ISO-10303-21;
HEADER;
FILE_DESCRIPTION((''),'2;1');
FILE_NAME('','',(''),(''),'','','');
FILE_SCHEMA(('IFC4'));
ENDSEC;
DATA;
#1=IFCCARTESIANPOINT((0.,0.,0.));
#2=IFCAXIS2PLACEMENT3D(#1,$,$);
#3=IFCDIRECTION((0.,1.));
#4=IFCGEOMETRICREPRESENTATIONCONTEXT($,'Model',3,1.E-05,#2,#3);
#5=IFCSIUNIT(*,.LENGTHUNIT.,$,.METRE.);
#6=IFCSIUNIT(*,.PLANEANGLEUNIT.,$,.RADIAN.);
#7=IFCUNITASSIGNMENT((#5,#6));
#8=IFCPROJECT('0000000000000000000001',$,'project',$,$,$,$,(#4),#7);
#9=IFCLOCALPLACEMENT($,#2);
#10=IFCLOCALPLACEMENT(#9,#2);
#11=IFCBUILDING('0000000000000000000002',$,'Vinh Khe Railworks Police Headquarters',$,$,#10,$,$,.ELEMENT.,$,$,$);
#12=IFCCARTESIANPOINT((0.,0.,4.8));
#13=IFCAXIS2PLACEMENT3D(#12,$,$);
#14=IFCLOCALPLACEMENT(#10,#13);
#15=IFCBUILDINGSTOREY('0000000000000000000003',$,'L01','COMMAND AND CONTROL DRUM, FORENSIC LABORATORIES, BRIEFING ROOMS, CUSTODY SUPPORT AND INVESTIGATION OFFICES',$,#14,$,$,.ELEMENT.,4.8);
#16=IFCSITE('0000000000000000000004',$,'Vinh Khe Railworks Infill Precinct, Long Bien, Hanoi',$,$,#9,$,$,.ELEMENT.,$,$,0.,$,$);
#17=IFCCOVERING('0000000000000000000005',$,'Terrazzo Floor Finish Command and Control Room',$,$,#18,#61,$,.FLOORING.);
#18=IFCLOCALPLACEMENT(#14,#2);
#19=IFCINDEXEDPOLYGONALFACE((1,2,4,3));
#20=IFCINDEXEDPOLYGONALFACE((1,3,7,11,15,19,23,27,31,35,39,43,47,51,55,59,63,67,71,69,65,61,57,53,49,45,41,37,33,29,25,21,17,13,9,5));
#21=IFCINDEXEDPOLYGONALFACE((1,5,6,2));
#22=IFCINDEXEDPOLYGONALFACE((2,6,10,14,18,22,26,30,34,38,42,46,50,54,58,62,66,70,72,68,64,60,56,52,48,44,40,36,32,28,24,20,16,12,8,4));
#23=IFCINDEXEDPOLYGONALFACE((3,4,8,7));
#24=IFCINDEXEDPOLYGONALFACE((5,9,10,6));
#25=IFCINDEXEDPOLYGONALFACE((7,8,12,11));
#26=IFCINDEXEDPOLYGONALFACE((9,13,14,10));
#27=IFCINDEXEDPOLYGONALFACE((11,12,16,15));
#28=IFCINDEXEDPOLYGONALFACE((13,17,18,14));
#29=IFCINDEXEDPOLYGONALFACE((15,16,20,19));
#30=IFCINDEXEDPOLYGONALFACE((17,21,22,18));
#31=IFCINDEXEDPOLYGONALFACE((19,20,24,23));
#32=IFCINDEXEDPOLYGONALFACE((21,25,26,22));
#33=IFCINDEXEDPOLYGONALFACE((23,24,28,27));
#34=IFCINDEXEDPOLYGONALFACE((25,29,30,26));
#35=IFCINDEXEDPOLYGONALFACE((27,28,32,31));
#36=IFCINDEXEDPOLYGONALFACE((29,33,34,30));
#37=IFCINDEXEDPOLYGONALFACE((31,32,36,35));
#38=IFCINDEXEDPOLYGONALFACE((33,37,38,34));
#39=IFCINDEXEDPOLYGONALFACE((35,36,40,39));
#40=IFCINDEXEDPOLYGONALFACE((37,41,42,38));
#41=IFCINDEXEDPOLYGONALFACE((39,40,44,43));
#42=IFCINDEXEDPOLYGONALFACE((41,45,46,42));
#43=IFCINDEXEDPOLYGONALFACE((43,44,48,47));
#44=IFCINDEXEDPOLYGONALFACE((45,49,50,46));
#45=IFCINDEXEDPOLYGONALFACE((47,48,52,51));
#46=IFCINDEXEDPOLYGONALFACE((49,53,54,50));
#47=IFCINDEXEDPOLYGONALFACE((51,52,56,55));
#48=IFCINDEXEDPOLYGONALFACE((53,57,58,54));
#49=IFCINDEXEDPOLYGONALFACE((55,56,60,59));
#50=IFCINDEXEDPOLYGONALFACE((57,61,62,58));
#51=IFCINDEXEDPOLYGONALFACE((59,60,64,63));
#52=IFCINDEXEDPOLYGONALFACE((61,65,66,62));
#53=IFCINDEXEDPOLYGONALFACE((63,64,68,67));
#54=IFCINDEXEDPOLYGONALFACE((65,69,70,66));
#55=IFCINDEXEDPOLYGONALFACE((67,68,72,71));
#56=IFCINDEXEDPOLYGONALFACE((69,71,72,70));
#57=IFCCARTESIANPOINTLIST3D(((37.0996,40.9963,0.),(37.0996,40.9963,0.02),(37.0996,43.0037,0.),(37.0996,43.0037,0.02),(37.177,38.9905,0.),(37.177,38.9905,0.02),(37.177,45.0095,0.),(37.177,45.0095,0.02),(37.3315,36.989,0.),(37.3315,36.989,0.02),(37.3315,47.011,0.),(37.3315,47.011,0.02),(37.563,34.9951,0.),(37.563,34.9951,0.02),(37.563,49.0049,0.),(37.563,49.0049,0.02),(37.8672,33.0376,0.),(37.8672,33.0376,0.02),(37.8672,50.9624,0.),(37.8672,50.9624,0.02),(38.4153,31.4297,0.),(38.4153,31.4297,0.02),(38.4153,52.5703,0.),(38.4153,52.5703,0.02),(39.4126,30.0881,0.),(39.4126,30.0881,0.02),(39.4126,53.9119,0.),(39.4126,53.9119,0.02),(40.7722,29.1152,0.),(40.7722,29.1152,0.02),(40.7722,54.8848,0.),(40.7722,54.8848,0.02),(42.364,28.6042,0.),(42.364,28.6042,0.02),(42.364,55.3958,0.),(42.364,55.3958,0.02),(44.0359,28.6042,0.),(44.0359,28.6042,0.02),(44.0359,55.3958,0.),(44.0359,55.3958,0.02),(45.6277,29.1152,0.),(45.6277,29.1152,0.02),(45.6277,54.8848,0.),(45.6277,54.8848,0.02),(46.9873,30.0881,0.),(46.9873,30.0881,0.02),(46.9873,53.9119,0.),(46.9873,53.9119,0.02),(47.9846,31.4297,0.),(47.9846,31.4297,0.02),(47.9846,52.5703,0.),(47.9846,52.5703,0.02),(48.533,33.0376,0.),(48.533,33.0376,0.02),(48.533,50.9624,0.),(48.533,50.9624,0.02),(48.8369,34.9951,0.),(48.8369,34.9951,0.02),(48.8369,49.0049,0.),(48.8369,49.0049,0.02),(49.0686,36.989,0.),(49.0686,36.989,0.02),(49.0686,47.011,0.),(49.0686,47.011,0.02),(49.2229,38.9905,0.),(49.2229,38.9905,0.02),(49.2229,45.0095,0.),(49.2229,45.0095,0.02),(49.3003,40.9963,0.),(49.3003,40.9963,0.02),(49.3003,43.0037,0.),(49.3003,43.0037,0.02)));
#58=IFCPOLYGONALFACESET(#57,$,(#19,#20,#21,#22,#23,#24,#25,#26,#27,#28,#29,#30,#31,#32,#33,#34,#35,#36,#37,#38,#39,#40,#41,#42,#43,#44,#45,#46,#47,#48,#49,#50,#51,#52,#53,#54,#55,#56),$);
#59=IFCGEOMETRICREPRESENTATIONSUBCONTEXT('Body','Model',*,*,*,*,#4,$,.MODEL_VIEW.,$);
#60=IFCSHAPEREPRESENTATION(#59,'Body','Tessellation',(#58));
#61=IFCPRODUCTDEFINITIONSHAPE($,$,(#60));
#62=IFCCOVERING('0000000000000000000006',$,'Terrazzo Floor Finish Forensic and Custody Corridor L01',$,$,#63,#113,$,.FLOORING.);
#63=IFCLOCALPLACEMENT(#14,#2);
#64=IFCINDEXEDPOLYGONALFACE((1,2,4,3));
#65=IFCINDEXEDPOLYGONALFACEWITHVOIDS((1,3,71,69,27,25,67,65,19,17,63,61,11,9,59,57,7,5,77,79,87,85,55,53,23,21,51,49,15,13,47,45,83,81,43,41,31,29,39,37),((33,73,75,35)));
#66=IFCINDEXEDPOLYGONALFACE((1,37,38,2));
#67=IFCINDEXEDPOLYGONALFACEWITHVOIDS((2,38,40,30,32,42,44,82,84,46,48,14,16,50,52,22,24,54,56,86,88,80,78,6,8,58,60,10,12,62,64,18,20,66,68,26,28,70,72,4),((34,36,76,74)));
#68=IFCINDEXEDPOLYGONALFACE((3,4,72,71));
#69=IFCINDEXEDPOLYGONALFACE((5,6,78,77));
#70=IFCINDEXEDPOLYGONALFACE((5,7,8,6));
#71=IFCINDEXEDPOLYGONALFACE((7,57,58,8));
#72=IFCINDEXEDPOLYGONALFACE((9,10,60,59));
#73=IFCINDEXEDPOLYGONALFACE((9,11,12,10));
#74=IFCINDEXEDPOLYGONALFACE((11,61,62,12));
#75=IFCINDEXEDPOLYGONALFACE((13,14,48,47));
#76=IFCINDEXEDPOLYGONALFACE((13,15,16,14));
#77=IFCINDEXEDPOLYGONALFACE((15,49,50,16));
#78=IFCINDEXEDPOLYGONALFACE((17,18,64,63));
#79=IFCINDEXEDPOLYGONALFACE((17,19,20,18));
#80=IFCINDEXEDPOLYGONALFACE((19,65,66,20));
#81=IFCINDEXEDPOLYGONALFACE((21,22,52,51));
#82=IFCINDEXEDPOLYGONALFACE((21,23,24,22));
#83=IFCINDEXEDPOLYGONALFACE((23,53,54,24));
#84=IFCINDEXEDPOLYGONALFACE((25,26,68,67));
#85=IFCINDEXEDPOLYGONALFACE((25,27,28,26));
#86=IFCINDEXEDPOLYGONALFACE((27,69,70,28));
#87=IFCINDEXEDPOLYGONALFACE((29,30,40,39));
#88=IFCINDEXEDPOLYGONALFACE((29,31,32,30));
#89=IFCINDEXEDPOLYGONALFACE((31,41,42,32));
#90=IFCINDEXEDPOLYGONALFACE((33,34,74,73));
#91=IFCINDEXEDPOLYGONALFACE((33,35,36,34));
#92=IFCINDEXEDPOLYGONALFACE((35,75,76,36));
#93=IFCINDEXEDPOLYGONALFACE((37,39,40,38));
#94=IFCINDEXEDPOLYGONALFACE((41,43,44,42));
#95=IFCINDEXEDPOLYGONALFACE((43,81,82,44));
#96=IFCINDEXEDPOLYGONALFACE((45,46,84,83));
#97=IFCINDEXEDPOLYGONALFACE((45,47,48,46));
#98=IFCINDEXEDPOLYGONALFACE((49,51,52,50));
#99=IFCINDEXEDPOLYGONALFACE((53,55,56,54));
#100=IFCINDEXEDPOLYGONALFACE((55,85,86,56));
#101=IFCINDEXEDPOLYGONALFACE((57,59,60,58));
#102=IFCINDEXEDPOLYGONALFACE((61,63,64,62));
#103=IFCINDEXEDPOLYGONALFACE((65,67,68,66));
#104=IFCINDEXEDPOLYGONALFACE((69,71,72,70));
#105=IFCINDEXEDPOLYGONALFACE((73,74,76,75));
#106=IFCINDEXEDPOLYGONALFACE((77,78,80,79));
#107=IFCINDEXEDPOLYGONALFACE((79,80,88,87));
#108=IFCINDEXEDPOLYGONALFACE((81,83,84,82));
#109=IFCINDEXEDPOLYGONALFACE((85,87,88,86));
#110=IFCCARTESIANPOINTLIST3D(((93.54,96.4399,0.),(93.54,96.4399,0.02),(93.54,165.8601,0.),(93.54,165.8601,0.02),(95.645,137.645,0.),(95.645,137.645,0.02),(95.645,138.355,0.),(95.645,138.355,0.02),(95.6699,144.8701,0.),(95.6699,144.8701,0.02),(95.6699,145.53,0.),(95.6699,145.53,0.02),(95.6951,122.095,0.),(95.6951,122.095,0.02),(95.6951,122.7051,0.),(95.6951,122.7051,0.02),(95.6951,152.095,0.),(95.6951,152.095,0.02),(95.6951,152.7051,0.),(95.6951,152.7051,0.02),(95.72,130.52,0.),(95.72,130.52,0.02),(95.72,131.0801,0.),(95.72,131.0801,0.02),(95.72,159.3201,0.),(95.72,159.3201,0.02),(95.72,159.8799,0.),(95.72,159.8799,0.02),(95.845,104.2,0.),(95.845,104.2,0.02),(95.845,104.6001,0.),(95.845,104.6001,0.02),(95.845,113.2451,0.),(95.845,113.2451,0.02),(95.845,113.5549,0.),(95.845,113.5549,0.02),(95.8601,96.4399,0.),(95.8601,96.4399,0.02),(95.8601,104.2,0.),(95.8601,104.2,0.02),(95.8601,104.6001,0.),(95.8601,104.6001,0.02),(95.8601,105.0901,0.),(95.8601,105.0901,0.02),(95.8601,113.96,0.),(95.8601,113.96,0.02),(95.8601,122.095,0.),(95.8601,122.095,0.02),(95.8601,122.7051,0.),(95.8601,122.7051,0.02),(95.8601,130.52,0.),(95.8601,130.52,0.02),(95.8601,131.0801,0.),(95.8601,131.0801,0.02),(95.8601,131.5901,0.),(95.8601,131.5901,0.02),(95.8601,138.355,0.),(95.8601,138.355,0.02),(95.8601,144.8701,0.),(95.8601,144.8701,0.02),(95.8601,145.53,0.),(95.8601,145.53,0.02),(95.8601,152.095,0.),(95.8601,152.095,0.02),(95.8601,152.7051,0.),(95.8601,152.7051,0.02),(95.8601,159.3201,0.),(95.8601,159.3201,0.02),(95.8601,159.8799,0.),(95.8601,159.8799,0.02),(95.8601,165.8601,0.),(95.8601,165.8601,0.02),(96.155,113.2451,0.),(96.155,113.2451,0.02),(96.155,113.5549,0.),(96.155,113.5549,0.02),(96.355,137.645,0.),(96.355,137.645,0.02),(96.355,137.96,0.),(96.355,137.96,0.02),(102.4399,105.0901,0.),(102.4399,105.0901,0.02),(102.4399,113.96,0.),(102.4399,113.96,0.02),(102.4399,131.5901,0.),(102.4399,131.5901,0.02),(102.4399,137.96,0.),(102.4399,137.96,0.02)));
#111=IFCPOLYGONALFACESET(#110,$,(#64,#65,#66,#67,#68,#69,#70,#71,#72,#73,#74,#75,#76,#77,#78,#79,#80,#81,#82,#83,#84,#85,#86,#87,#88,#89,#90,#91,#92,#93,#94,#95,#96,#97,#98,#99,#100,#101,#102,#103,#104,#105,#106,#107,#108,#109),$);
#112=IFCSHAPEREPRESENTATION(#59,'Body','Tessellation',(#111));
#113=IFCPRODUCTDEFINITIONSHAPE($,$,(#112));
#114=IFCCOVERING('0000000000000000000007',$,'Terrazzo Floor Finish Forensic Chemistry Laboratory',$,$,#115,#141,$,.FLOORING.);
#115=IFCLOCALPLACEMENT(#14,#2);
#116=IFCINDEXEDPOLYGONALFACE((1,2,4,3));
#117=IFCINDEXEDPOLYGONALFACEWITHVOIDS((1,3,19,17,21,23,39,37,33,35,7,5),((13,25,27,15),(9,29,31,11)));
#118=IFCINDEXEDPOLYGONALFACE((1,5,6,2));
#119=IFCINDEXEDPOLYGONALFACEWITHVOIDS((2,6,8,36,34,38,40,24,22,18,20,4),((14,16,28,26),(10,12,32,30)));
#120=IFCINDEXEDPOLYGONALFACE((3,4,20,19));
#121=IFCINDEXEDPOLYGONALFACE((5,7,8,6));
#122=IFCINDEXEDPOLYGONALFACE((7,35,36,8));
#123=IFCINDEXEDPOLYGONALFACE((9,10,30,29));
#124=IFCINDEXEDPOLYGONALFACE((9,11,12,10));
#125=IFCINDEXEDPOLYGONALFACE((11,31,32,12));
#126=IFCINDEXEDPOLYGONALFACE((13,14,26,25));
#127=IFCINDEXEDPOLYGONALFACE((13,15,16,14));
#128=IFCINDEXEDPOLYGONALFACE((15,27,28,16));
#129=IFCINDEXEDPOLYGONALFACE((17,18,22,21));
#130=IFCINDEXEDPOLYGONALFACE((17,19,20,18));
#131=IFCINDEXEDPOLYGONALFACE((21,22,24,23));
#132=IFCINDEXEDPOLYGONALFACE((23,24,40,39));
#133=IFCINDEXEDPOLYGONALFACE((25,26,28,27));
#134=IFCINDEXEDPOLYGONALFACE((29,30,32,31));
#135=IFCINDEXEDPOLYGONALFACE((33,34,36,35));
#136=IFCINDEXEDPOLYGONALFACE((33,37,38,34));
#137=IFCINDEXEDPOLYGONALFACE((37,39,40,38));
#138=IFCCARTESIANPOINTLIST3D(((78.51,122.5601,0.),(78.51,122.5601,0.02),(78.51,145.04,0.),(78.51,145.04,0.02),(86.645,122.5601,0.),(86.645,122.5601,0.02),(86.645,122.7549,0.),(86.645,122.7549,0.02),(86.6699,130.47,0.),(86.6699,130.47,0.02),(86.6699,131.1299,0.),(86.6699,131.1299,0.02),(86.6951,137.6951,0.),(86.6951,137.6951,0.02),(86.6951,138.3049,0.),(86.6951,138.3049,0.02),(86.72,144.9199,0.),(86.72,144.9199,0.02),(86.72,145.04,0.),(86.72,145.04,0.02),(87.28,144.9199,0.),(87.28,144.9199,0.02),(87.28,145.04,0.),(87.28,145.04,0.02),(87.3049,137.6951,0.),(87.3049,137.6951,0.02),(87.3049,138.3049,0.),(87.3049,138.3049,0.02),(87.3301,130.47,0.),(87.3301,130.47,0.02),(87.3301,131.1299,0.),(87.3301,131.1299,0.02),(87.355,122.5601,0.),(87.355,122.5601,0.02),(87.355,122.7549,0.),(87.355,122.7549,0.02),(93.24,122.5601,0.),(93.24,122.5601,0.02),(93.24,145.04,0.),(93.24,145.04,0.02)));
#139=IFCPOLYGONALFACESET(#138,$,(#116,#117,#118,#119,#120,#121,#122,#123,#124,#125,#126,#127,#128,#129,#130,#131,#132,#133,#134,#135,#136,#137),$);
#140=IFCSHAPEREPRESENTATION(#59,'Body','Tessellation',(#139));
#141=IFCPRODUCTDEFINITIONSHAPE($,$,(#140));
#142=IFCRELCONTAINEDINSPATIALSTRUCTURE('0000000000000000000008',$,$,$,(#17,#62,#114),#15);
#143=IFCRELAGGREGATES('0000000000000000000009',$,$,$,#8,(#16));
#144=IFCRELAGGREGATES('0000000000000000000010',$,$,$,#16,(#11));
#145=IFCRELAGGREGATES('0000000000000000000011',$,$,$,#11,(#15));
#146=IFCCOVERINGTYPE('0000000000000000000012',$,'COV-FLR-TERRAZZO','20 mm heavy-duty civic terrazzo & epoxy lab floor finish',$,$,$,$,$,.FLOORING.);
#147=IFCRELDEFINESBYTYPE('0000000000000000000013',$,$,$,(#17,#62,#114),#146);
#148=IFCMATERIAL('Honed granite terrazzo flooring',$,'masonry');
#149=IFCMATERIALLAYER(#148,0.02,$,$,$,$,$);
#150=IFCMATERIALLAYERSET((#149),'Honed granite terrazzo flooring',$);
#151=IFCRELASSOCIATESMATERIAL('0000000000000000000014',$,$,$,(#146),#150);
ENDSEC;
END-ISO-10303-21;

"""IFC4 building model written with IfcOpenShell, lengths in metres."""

from ifc_helpers import new_model, si_unit, direction, frame, origin, place, context, subcontext, project, spatial, polyline, outline, extrude, material, layer, layer_set, type_object, element, save


model = new_model("IFC4")

# Units and contexts
model_context = context("Model", 3, precision=1e-05, world=origin(), true_north=direction((0.0, 1.0)))
body_context = subcontext(model_context, "Body", "Model", "MODEL_VIEW")
ifc_project = project(units=[si_unit("LENGTHUNIT", "METRE"), si_unit("PLANEANGLEUNIT", "RADIAN")], contexts=[model_context])

# Site, building, storey
site_placement = place(None, origin())
site = spatial("IfcSite", under=ifc_project, at=site_placement, Name="Vinh Khe Railworks Infill Precinct, Long Bien, Hanoi", CompositionType="ELEMENT", RefElevation=0.0)
building_placement = place(site_placement, origin())
building = spatial("IfcBuilding", under=site, at=building_placement, Name="Vinh Khe Railworks Police Headquarters", CompositionType="ELEMENT")
storey_placement = place(building_placement, frame((0.0, 0.0, 4.8)))
storey = spatial("IfcBuildingStorey", under=building, at=storey_placement, Name="L01", Description="COMMAND AND CONTROL DRUM, FORENSIC LABORATORIES, BRIEFING ROOMS, CUSTODY SUPPORT AND INVESTIGATION OFFICES", CompositionType="ELEMENT", Elevation=4.8)

# Coverings
ifc_material_1 = material(Name="Honed granite terrazzo flooring", Category="masonry")
ifc_layer_1 = layer(ifc_material_1, 0.02)
ifc_layer_set_1 = layer_set([ifc_layer_1], Name="Honed granite terrazzo flooring")
covering_type_1 = type_object("IfcCoveringType", Name="COV-FLR-TERRAZZO", Description="20 mm heavy-duty civic terrazzo & epoxy lab floor finish", PredefinedType="FLOORING", material=ifc_layer_set_1)
covering_1_placement = place(storey_placement, origin())
element("IfcCovering", 1, at=covering_1_placement, inside=storey, type_object=covering_type_1, Name="Terrazzo Floor Finish Command and Control Room", PredefinedType="FLOORING", context=body_context, shape_type="SweptSolid", body=[
    extrude(outline(polyline([(48.533, 33.0376), (48.8369, 34.9951), (49.0686, 36.989), (49.2229, 38.9905), (49.3003, 40.9963), (49.3003, 43.0037), (49.2229, 45.0095), (49.0686, 47.011), (48.8369, 49.0049), (48.533, 50.9624), (47.9846, 52.5703), (46.9873, 53.9119), (45.6277, 54.8848), (44.0359, 55.3958), (42.364, 55.3958), (40.7722, 54.8848), (39.4126, 53.9119), (38.4153, 52.5703), (37.8672, 50.9624), (37.563, 49.0049), (37.3315, 47.011), (37.177, 45.0095), (37.0996, 43.0037), (37.0996, 40.9963), (37.177, 38.9905), (37.3315, 36.989), (37.563, 34.9951), (37.8672, 33.0376), (38.4153, 31.4297), (39.4126, 30.0881), (40.7722, 29.1152), (42.364, 28.6042), (44.0359, 28.6042), (45.6277, 29.1152), (46.9873, 30.0881), (47.9846, 31.4297), (48.533, 33.0376)])), origin(), (0.0, 0.0, 1.0), 0.02),
])
covering_2_placement = place(storey_placement, origin())
element("IfcCovering", 2, at=covering_2_placement, inside=storey, type_object=covering_type_1, Name="Terrazzo Floor Finish Forensic and Custody Corridor L01", PredefinedType="FLOORING", context=body_context, shape_type="SweptSolid", body=[
    extrude(outline(polyline([(95.8601, 96.4399), (95.8601, 104.2), (95.845, 104.2), (95.845, 104.6001), (95.8601, 104.6001), (95.8601, 105.0901), (102.4399, 105.0901), (102.4399, 113.96), (95.8601, 113.96), (95.8601, 122.095), (95.6951, 122.095), (95.6951, 122.7051), (95.8601, 122.7051), (95.8601, 130.52), (95.72, 130.52), (95.72, 131.0801), (95.8601, 131.0801), (95.8601, 131.5901), (102.4399, 131.5901), (102.4399, 137.96), (96.355, 137.96), (96.355, 137.645), (95.645, 137.645), (95.645, 138.355), (95.8601, 138.355), (95.8601, 144.8701), (95.6699, 144.8701), (95.6699, 145.53), (95.8601, 145.53), (95.8601, 152.095), (95.6951, 152.095), (95.6951, 152.7051), (95.8601, 152.7051), (95.8601, 159.3201), (95.72, 159.3201), (95.72, 159.8799), (95.8601, 159.8799), (95.8601, 165.8601), (93.54, 165.8601), (93.54, 96.4399), (95.8601, 96.4399)]), holes=[polyline([(96.155, 113.2451), (95.845, 113.2451), (95.845, 113.5549), (96.155, 113.5549), (96.155, 113.2451)])]), origin(), (0.0, 0.0, 1.0), 0.02),
])
covering_3_placement = place(storey_placement, origin())
element("IfcCovering", 3, at=covering_3_placement, inside=storey, type_object=covering_type_1, Name="Terrazzo Floor Finish Forensic Chemistry Laboratory", PredefinedType="FLOORING", context=body_context, shape_type="SweptSolid", body=[
    extrude(outline(polyline([(87.355, 122.5601), (93.24, 122.5601), (93.24, 145.04), (87.28, 145.04), (87.28, 144.9199), (86.72, 144.9199), (86.72, 145.04), (78.51, 145.04), (78.51, 122.5601), (86.645, 122.5601), (86.645, 122.7549), (87.355, 122.7549), (87.355, 122.5601)]), holes=[polyline([(87.3301, 130.47), (86.6699, 130.47), (86.6699, 131.1299), (87.3301, 131.1299), (87.3301, 130.47)]), polyline([(87.3049, 137.6951), (86.6951, 137.6951), (86.6951, 138.3049), (87.3049, 138.3049), (87.3049, 137.6951)])]), origin(), (0.0, 0.0, 1.0), 0.02),
])

save(model, "model.ifc")
